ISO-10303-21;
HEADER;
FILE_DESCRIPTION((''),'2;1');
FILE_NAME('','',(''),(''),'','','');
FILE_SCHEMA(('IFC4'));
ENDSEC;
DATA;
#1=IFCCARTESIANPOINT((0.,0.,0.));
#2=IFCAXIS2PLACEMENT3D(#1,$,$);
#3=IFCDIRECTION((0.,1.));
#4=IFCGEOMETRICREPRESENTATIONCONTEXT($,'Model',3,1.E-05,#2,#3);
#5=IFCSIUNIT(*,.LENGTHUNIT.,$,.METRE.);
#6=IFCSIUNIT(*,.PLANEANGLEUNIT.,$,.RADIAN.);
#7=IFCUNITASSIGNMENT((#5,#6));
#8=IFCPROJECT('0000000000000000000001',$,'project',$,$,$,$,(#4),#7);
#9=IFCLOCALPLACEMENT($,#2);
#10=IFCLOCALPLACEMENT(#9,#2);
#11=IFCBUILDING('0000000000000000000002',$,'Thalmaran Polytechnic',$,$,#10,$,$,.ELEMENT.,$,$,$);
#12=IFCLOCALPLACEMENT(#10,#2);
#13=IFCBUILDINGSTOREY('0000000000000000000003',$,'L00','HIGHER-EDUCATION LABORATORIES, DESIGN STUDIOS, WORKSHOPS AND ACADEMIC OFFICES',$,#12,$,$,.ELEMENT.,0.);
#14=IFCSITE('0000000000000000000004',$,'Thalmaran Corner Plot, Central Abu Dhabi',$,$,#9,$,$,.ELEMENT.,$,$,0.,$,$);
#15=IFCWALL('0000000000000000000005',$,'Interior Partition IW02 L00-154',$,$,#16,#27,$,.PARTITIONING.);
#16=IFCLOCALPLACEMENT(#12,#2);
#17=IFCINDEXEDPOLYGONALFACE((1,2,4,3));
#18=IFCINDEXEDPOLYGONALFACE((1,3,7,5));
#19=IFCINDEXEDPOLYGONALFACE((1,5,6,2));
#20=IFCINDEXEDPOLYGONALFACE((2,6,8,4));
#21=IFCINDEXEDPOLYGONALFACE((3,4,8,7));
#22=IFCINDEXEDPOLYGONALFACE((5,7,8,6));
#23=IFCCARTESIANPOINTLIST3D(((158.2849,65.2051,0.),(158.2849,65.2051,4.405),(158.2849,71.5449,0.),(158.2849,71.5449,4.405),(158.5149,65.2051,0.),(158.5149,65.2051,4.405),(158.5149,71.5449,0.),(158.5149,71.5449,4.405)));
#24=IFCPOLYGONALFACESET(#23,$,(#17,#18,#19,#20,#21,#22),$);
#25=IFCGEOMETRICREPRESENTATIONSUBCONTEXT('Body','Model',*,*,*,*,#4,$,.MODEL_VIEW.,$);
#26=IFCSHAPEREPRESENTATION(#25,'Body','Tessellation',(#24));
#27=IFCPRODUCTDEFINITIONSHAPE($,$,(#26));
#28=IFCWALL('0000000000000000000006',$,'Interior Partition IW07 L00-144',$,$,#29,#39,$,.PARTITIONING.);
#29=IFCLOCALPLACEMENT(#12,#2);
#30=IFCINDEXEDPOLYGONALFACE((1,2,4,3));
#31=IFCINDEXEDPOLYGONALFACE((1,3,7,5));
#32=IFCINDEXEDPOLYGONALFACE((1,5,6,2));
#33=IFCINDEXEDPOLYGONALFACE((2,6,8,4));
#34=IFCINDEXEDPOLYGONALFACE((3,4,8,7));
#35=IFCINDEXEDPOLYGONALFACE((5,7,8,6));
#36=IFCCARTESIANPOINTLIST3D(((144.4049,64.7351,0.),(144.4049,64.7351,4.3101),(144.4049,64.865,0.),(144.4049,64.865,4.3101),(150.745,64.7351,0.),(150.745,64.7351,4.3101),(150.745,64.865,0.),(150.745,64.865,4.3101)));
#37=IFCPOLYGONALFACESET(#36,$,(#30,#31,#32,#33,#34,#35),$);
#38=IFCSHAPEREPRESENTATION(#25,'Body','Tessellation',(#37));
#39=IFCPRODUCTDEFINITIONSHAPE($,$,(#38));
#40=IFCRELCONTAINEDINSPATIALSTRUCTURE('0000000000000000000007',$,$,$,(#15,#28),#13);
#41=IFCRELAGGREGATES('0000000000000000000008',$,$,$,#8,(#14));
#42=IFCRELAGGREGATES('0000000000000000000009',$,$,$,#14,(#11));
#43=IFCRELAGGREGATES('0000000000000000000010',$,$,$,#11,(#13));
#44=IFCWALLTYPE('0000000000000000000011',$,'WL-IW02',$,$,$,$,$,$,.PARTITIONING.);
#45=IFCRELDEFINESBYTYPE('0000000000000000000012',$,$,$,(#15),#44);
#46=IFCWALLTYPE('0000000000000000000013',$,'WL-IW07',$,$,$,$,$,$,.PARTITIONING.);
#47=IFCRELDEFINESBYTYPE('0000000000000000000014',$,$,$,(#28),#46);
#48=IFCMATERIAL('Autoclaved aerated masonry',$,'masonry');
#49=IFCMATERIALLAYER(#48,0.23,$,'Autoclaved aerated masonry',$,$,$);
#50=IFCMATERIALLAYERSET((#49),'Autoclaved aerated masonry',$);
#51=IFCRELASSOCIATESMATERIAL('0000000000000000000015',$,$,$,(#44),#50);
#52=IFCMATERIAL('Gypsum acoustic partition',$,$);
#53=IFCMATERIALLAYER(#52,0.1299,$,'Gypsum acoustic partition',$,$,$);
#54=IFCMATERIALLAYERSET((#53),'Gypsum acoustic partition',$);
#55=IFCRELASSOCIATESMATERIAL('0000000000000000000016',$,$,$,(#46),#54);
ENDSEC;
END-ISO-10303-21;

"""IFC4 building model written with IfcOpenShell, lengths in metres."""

from ifc_helpers import new_model, si_unit, direction, frame, frame_2d, origin, place, context, subcontext, project, spatial, rectangle, extrude, material, layer, layer_set, type_object, element, save


model = new_model("IFC4")

# Units and contexts
model_context = context("Model", 3, precision=1e-05, world=origin(), true_north=direction((0.0, 1.0)))
body_context = subcontext(model_context, "Body", "Model", "MODEL_VIEW")
ifc_project = project(units=[si_unit("LENGTHUNIT", "METRE"), si_unit("PLANEANGLEUNIT", "RADIAN")], contexts=[model_context])

# Site, building, storey
site_placement = place(None, origin())
site = spatial("IfcSite", under=ifc_project, at=site_placement, Name="Thalmaran Corner Plot, Central Abu Dhabi", CompositionType="ELEMENT", RefElevation=0.0)
building_placement = place(site_placement, origin())
building = spatial("IfcBuilding", under=site, at=building_placement, Name="Thalmaran Polytechnic", CompositionType="ELEMENT")
storey_placement = place(building_placement, origin())
storey = spatial("IfcBuildingStorey", under=building, at=storey_placement, Name="L00", Description="HIGHER-EDUCATION LABORATORIES, DESIGN STUDIOS, WORKSHOPS AND ACADEMIC OFFICES", CompositionType="ELEMENT", Elevation=0.0)

# Shared definitions
ifc_material_1 = material(Name="Autoclaved aerated masonry", Category="masonry")
ifc_layer_1 = layer(ifc_material_1, 0.23, Name="Autoclaved aerated masonry")
ifc_layer_set_1 = layer_set([ifc_layer_1], Name="Autoclaved aerated masonry")
wall_type_1 = type_object("IfcWallType", Name="WL-IW02", PredefinedType="PARTITIONING", material=ifc_layer_set_1)

# Walls
wall_1_placement = place(storey_placement, frame((158.3999, 65.2051, 0.0), z_axis=(0.0, 0.0, 1.0), x_axis=(0.0, 1.0, 0.0)))
element("IfcWall", 1, at=wall_1_placement, inside=storey, type_object=wall_type_1, Name="Interior Partition IW02 L00-154", PredefinedType="PARTITIONING", context=body_context, shape_type="SweptSolid", body=[
    extrude(rectangle(XDim=6.3398, YDim=0.23, at=frame_2d((3.1699, 0.0))), origin(), (0.0, 0.0, 1.0), 4.405),
])
ifc_material_2 = material(Name="Gypsum acoustic partition")
ifc_layer_2 = layer(ifc_material_2, 0.1299, Name="Gypsum acoustic partition")
ifc_layer_set_2 = layer_set([ifc_layer_2], Name="Gypsum acoustic partition")
wall_type_2 = type_object("IfcWallType", Name="WL-IW07", PredefinedType="PARTITIONING", material=ifc_layer_set_2)
wall_2_placement = place(storey_placement, frame((144.405, 64.8, 0.0), z_axis=(0.0, 0.0, 1.0), x_axis=(1.0, 0.0, 0.0)))
element("IfcWall", 2, at=wall_2_placement, inside=storey, type_object=wall_type_2, Name="Interior Partition IW07 L00-144", PredefinedType="PARTITIONING", context=body_context, shape_type="SweptSolid", body=[
    extrude(rectangle(XDim=6.3401, YDim=0.1299, at=frame_2d((3.1699, 0.0))), origin(), (0.0, 0.0, 1.0), 4.3101),
])

save(model, "model.ifc")
